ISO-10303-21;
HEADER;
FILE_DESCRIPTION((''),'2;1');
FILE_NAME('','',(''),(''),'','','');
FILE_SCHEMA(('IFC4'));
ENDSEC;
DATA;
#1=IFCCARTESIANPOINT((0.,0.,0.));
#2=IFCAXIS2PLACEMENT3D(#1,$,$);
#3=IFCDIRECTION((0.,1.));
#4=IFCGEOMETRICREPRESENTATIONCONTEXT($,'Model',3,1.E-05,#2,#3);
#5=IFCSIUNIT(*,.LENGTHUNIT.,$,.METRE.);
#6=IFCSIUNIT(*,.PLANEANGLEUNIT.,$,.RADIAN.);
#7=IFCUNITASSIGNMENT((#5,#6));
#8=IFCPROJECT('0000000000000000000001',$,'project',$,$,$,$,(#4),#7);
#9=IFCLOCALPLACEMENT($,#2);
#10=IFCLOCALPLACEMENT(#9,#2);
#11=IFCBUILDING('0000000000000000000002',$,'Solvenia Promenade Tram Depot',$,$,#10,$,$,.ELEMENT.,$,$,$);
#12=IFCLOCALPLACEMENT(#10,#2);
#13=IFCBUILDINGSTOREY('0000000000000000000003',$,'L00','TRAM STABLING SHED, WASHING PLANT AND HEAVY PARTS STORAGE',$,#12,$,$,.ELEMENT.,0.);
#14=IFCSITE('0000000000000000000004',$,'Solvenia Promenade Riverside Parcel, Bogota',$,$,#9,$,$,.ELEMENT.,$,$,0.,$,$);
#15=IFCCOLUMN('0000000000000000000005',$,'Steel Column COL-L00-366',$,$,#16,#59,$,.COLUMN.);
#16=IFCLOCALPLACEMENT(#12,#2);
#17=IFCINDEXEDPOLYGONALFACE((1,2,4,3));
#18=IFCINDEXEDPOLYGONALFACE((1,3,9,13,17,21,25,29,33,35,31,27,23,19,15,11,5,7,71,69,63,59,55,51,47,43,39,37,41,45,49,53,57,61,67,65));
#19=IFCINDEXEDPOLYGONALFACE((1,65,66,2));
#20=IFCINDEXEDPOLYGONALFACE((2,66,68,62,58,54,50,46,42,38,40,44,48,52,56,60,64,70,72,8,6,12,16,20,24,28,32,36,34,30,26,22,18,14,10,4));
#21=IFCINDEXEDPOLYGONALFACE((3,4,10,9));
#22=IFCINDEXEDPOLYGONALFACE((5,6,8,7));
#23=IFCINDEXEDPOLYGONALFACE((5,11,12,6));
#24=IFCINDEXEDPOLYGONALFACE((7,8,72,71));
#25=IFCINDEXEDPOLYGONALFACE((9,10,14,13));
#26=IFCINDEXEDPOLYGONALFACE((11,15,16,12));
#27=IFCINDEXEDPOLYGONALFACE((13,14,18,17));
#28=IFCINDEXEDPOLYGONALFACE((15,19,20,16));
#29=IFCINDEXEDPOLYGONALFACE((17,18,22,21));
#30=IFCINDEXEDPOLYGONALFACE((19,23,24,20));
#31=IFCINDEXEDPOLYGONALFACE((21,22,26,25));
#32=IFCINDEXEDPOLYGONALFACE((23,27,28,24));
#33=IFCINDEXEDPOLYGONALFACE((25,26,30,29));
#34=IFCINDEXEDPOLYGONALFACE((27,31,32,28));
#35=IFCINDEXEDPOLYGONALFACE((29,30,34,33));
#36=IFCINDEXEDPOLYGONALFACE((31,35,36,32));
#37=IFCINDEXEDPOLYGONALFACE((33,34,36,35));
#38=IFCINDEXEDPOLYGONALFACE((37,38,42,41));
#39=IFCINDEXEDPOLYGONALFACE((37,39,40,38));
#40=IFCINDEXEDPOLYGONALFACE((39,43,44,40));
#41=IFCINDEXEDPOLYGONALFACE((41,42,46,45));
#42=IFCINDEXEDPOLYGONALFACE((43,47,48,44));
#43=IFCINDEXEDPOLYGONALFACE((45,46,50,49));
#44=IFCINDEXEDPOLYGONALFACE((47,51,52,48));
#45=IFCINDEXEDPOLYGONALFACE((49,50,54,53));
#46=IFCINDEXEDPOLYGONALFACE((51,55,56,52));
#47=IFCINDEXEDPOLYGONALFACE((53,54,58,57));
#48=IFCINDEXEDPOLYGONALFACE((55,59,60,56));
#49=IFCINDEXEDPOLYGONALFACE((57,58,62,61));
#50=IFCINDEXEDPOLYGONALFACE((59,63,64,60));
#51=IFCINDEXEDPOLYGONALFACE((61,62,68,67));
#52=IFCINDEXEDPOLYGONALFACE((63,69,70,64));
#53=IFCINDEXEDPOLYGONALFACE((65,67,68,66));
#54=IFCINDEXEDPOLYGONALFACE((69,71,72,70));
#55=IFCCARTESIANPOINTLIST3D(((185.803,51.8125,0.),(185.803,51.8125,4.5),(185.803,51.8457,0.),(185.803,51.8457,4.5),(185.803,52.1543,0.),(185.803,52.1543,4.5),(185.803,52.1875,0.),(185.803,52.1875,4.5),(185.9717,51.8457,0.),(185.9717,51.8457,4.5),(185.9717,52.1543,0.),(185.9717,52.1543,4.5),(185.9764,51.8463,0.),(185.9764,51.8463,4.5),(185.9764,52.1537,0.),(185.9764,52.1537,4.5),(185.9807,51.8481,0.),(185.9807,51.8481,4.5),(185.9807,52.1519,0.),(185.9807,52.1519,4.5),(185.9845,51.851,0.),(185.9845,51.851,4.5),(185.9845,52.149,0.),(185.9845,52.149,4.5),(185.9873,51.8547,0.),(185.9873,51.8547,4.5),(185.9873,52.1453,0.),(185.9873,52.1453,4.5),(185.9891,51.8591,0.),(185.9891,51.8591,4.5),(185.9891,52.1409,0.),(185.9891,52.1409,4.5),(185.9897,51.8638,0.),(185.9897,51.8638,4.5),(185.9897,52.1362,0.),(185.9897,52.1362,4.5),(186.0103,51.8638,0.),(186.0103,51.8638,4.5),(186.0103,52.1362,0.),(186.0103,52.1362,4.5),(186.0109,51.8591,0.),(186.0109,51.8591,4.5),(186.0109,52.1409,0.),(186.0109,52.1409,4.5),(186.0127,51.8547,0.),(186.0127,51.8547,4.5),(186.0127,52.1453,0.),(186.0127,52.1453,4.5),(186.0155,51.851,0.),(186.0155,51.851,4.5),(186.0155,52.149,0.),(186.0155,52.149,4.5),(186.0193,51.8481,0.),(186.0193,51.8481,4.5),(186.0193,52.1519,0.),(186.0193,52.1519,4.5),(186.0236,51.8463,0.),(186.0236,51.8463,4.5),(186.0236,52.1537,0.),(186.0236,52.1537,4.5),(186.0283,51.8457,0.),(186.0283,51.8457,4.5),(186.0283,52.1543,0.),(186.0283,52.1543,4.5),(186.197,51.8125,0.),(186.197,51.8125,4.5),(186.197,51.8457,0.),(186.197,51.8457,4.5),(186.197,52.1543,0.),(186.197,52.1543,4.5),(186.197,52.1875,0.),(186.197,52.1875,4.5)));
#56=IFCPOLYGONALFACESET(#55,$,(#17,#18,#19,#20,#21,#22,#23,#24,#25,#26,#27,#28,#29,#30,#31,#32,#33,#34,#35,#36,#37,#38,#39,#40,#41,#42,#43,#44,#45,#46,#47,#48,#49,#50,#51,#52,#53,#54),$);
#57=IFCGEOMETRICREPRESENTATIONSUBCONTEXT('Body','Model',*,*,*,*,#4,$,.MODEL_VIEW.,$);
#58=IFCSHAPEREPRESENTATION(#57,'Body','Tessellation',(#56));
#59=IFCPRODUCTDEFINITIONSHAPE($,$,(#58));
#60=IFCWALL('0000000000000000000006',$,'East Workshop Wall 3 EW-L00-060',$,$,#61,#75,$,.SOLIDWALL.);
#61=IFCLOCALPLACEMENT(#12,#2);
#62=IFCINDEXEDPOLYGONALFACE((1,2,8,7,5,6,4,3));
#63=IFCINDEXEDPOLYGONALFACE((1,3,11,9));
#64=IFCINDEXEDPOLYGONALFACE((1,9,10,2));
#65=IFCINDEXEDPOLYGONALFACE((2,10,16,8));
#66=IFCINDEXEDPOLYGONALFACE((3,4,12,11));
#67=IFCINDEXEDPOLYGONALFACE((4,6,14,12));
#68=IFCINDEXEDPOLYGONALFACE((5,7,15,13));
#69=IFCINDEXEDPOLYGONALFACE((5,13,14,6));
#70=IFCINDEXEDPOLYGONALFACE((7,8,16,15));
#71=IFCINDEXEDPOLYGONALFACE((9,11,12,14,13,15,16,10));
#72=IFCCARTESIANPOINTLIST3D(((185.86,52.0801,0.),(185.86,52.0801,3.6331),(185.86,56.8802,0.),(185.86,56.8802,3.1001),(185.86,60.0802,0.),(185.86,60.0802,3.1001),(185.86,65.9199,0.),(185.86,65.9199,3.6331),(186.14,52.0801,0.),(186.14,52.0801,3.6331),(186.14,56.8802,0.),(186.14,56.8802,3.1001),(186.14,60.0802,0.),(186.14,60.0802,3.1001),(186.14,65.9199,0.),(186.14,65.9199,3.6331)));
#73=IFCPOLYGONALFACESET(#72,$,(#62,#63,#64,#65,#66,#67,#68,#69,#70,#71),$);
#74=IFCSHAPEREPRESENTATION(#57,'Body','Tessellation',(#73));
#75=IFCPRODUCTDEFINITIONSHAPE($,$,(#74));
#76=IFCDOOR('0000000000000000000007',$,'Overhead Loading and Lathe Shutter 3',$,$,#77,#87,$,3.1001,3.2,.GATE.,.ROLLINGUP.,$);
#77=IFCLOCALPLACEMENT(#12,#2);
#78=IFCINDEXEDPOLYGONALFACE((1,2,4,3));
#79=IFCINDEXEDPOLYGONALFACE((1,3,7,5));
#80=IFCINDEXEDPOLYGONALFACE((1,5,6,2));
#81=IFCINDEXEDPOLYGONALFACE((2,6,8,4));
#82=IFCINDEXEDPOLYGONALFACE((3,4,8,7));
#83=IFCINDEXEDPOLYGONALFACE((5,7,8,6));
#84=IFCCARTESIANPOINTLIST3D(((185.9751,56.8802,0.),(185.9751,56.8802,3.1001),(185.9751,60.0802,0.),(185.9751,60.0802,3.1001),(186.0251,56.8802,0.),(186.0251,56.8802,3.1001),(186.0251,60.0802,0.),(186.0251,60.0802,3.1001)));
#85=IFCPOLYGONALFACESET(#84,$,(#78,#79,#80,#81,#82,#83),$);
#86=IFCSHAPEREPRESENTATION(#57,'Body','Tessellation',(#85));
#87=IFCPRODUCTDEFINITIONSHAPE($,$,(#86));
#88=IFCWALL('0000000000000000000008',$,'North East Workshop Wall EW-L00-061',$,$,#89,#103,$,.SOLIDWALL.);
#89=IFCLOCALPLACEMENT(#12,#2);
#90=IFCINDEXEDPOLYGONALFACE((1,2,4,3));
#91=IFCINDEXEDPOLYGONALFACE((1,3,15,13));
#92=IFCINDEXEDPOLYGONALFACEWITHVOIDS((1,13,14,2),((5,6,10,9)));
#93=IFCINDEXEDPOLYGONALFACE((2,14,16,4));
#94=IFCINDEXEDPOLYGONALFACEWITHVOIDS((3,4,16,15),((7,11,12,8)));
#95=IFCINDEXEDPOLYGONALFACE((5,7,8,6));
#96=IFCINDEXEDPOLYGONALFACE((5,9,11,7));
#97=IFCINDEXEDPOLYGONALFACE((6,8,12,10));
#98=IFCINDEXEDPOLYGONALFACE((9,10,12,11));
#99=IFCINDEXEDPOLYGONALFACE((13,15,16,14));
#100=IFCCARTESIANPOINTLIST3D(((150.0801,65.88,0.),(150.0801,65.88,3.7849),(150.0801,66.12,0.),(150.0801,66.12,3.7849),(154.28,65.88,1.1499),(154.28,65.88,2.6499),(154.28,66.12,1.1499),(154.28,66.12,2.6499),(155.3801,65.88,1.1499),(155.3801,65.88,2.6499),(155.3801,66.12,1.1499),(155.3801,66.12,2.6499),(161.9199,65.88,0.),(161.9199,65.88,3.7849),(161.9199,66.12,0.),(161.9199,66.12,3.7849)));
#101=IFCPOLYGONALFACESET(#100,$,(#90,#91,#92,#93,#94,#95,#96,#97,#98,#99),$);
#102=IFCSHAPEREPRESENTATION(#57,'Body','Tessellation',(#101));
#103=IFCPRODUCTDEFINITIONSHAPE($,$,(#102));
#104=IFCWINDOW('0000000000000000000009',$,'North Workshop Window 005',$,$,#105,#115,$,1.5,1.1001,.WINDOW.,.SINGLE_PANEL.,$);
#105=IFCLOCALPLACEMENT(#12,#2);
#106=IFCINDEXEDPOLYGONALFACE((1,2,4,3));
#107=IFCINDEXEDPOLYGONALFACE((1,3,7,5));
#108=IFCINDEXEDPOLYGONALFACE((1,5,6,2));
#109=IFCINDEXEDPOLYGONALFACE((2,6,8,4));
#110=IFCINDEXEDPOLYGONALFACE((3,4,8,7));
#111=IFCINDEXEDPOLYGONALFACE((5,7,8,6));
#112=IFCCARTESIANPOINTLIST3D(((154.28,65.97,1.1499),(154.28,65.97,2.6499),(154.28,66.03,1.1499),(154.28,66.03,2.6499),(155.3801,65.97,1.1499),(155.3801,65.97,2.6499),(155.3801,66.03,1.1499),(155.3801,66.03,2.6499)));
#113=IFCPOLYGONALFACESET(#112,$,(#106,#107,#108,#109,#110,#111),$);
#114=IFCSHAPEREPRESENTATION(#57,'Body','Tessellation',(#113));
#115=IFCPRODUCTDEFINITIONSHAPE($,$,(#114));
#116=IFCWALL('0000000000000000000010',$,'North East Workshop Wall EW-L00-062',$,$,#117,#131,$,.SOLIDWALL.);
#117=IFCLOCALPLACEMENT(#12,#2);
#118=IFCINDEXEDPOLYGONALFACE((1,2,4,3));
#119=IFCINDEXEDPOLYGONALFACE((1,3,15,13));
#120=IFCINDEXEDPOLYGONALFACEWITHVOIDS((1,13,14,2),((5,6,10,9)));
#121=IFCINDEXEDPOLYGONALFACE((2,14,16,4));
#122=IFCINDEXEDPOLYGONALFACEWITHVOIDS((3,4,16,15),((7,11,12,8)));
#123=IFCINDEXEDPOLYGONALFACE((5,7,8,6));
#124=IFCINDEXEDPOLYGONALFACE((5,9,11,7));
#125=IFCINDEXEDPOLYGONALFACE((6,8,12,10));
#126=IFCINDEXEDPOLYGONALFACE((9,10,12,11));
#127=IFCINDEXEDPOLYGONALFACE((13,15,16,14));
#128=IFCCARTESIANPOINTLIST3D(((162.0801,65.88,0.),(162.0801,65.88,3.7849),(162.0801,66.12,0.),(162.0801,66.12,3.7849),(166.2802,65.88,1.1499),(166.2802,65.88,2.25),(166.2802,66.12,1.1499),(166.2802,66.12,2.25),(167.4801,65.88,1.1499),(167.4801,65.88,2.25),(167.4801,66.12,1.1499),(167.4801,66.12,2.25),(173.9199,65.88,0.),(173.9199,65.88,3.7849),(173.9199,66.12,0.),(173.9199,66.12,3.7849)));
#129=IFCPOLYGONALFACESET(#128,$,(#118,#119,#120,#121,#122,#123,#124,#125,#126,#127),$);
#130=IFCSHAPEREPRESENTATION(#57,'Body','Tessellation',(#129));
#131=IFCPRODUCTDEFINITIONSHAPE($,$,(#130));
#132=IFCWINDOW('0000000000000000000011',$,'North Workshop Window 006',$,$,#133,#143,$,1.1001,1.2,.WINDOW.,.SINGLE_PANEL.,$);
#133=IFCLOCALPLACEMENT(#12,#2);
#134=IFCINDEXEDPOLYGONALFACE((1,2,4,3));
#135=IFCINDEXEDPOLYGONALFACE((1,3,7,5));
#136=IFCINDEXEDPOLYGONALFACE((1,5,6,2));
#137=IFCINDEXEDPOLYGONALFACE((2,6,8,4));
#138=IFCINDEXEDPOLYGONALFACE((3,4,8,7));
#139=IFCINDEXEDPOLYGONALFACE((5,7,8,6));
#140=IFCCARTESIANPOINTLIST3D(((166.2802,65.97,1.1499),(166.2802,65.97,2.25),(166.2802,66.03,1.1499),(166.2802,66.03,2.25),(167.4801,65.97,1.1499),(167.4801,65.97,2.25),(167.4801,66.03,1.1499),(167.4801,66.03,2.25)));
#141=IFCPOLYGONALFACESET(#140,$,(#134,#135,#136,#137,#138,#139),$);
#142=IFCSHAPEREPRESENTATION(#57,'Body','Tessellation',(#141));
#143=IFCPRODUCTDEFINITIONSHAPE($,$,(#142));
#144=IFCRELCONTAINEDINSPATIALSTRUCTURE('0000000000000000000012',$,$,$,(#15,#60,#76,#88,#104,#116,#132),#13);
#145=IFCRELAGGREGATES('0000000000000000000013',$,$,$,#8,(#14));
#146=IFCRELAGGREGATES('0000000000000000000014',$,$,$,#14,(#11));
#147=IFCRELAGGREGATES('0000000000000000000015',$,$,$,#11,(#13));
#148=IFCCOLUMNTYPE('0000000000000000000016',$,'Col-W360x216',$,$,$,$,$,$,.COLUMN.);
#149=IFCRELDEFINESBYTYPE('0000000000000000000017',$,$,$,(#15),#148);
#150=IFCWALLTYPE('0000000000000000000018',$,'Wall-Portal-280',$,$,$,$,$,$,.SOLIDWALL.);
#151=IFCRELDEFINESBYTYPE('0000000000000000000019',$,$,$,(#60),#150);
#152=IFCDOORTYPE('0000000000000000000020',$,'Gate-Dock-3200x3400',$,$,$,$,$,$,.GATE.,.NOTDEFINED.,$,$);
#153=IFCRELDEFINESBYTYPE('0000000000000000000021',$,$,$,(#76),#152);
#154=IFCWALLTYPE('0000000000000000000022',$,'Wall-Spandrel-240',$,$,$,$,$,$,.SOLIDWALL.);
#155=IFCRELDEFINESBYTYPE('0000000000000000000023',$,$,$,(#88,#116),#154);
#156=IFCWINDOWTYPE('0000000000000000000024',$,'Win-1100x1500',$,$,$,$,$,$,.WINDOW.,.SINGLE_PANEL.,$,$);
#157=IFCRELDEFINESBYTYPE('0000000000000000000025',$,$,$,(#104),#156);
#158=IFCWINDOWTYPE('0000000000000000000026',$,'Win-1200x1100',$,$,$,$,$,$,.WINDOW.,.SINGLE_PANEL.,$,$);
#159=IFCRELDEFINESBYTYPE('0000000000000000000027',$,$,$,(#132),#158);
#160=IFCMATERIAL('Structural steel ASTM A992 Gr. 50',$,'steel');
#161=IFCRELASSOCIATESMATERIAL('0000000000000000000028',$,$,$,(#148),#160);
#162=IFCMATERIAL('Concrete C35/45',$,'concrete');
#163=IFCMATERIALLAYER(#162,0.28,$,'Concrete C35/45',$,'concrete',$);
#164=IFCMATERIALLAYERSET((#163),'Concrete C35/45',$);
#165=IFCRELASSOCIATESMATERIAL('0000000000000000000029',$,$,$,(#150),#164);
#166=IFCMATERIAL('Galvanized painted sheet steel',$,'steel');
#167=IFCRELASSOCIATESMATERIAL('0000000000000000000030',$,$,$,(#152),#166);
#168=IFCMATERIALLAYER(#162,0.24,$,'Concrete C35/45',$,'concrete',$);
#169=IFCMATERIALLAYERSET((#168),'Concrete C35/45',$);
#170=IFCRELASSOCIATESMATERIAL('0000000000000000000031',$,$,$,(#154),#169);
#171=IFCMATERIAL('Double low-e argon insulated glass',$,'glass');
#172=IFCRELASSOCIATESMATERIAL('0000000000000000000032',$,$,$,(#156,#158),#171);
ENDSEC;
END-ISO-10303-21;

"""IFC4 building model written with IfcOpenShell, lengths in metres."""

from ifc_helpers import new_model, si_unit, direction, frame, frame_2d, origin, origin_2d, place, context, subcontext, project, spatial, rectangle, i_section, extrude, material, layer, layer_set, material_profile, profile_set, type_object, element, fill, save


model = new_model("IFC4")

# Units and contexts
model_context = context("Model", 3, precision=1e-05, world=origin(), true_north=direction((0.0, 1.0)))
body_context = subcontext(model_context, "Body", "Model", "MODEL_VIEW")
ifc_project = project(units=[si_unit("LENGTHUNIT", "METRE"), si_unit("PLANEANGLEUNIT", "RADIAN")], contexts=[model_context])

# Site, building, storey
site_placement = place(None, origin())
site = spatial("IfcSite", under=ifc_project, at=site_placement, Name="Solvenia Promenade Riverside Parcel, Bogota", CompositionType="ELEMENT", RefElevation=0.0)
building_placement = place(site_placement, origin())
building = spatial("IfcBuilding", under=site, at=building_placement, Name="Solvenia Promenade Tram Depot", CompositionType="ELEMENT")
storey_placement = place(building_placement, origin())
storey = spatial("IfcBuildingStorey", under=building, at=storey_placement, Name="L00", Description="TRAM STABLING SHED, WASHING PLANT AND HEAVY PARTS STORAGE", CompositionType="ELEMENT", Elevation=0.0)

# Column
ifc_material_1 = material(Name="Structural steel ASTM A992 Gr. 50", Category="steel")
ifc_material_profile_1 = material_profile(ifc_material_1, i_section(OverallWidth=0.394, OverallDepth=0.375, WebThickness=0.0205, FlangeThickness=0.0332, FilletRadius=0.0181, at=origin_2d()), Name="W360x216", Category="steel")
ifc_profile_set_1 = profile_set([ifc_material_profile_1], Name="Structural steel ASTM A992 Gr. 50")
column_type = type_object("IfcColumnType", Name="Col-W360x216", PredefinedType="COLUMN", material=ifc_profile_set_1)
for number, where, z_axis, x_axis, name in (
    (1, (186.0, 52.0, 0.0), (0.0, 0.0, 1.0), (1.0, 0.0, 0.0), "Steel Column COL-L00-366"),
):
    element("IfcColumn", number, at=place(storey_placement, frame(where, z_axis=z_axis, x_axis=x_axis)), inside=storey, type_object=column_type, Name=name, PredefinedType="COLUMN", context=body_context, shape_type="SweptSolid", body=[
        extrude(i_section(OverallWidth=0.394, OverallDepth=0.375, WebThickness=0.0205, FlangeThickness=0.0332, FilletRadius=0.0181, at=origin_2d()), origin(), (0.0, 0.0, 1.0), 4.5),
    ])

# Wall, opening, door
ifc_material_2 = material(Name="Concrete C35/45", Category="concrete")
ifc_layer_1 = layer(ifc_material_2, 0.28, Name="Concrete C35/45", Category="concrete")
ifc_layer_set_1 = layer_set([ifc_layer_1], Name="Concrete C35/45")
wall_type_1 = type_object("IfcWallType", Name="Wall-Portal-280", PredefinedType="SOLIDWALL", material=ifc_layer_set_1)
wall_1_placement = place(storey_placement, frame((186.0, 52.0801, 0.0), z_axis=(0.0, 0.0, 1.0), x_axis=(0.0, 1.0, 0.0)))
wall_1 = element("IfcWall", 2, at=wall_1_placement, inside=storey, type_object=wall_type_1, Name="East Workshop Wall 3 EW-L00-060", PredefinedType="SOLIDWALL", context=body_context, shape_type="SweptSolid", body=[
    extrude(rectangle(XDim=13.8398, YDim=0.28, at=frame_2d((6.9199, 0.0))), origin(), (0.0, 0.0, 1.0), 3.6331),
])
opening_1_placement = place(wall_1_placement, frame((4.8, 0.0, 0.0)))
opening_1 = element("IfcOpeningElement", 3, at=opening_1_placement, cuts=wall_1, PredefinedType="OPENING", context=body_context, shape_type="SweptSolid", body=[
    extrude(rectangle(XDim=3.2, YDim=3.1001, at=frame_2d((1.6001, 1.55))), frame((0.0, 0.1499, 0.0), z_axis=(0.0, -1.0, 0.0), x_axis=(1.0, 0.0, 0.0)), (0.0, 0.0, 1.0), 0.3),
])
ifc_material_3 = material(Name="Galvanized painted sheet steel", Category="steel")
door_type = type_object("IfcDoorType", Name="Gate-Dock-3200x3400", OperationType="NOTDEFINED", PredefinedType="GATE", material=ifc_material_3)
door_placement = place(opening_1_placement, origin())
door = element("IfcDoor", 4, at=door_placement, inside=storey, type_object=door_type, Name="Overhead Loading and Lathe Shutter 3", OperationType="ROLLINGUP", OverallHeight=3.1001, OverallWidth=3.2, PredefinedType="GATE", context=body_context, shape_type="SweptSolid", body=[
    extrude(rectangle(XDim=3.2, YDim=3.1001, at=frame_2d((1.6001, 1.55))), frame((0.0, 0.0249, 0.0), z_axis=(0.0, -1.0, 0.0), x_axis=(1.0, 0.0, 0.0)), (0.0, 0.0, 1.0), 0.05),
])
fill(opening_1, door)

# Walls, openings, windows
ifc_layer_2 = layer(ifc_material_2, 0.24, Name="Concrete C35/45", Category="concrete")
ifc_layer_set_2 = layer_set([ifc_layer_2], Name="Concrete C35/45")
wall_type_2 = type_object("IfcWallType", Name="Wall-Spandrel-240", PredefinedType="SOLIDWALL", material=ifc_layer_set_2)
wall_2_placement = place(storey_placement, frame((150.0801, 66.0, 0.0), z_axis=(0.0, 0.0, 1.0), x_axis=(1.0, 0.0, 0.0)))
wall_2 = element("IfcWall", 5, at=wall_2_placement, inside=storey, type_object=wall_type_2, Name="North East Workshop Wall EW-L00-061", PredefinedType="SOLIDWALL", context=body_context, shape_type="SweptSolid", body=[
    extrude(rectangle(XDim=11.8398, YDim=0.24, at=frame_2d((5.9199, 0.0))), origin(), (0.0, 0.0, 1.0), 3.7849),
])
opening_2_placement = place(wall_2_placement, frame((4.2, 0.0, 1.1499)))
opening_2 = element("IfcOpeningElement", 6, at=opening_2_placement, cuts=wall_2, PredefinedType="OPENING", context=body_context, shape_type="SweptSolid", body=[
    extrude(rectangle(XDim=1.1001, YDim=1.5, at=frame_2d((0.55, 0.75))), frame((0.0, 0.1299, 0.0), z_axis=(0.0, -1.0, 0.0), x_axis=(1.0, 0.0, 0.0)), (0.0, 0.0, 1.0), 0.26),
])
ifc_material_4 = material(Name="Double low-e argon insulated glass", Category="glass")
window_type_1 = type_object("IfcWindowType", Name="Win-1100x1500", PartitioningType="SINGLE_PANEL", PredefinedType="WINDOW", material=ifc_material_4)
window_1_placement = place(opening_2_placement, origin())
window_1 = element("IfcWindow", 7, at=window_1_placement, inside=storey, type_object=window_type_1, Name="North Workshop Window 005", OverallHeight=1.5, OverallWidth=1.1001, PartitioningType="SINGLE_PANEL", PredefinedType="WINDOW", context=body_context, shape_type="SweptSolid", body=[
    extrude(rectangle(XDim=1.1001, YDim=1.5, at=frame_2d((0.55, 0.75))), frame((0.0, 0.03, 0.0), z_axis=(0.0, -1.0, 0.0), x_axis=(1.0, 0.0, 0.0)), (0.0, 0.0, 1.0), 0.0601),
])
fill(opening_2, window_1)
wall_3_placement = place(storey_placement, frame((162.0801, 66.0, 0.0), z_axis=(0.0, 0.0, 1.0), x_axis=(1.0, 0.0, 0.0)))
wall_3 = element("IfcWall", 8, at=wall_3_placement, inside=storey, type_object=wall_type_2, Name="North East Workshop Wall EW-L00-062", PredefinedType="SOLIDWALL", context=body_context, shape_type="SweptSolid", body=[
    extrude(rectangle(XDim=11.8398, YDim=0.24, at=frame_2d((5.9199, 0.0))), origin(), (0.0, 0.0, 1.0), 3.7849),
])
opening_3_placement = place(wall_3_placement, frame((4.2, 0.0, 1.1499)))
opening_3 = element("IfcOpeningElement", 9, at=opening_3_placement, cuts=wall_3, PredefinedType="OPENING", context=body_context, shape_type="SweptSolid", body=[
    extrude(rectangle(XDim=1.2, YDim=1.1001, at=frame_2d((0.6001, 0.55))), frame((0.0, 0.1299, 0.0), z_axis=(0.0, -1.0, 0.0), x_axis=(1.0, 0.0, 0.0)), (0.0, 0.0, 1.0), 0.26),
])
window_type_2 = type_object("IfcWindowType", Name="Win-1200x1100", PartitioningType="SINGLE_PANEL", PredefinedType="WINDOW", material=ifc_material_4)
window_2_placement = place(opening_3_placement, origin())
window_2 = element("IfcWindow", 10, at=window_2_placement, inside=storey, type_object=window_type_2, Name="North Workshop Window 006", OverallHeight=1.1001, OverallWidth=1.2, PartitioningType="SINGLE_PANEL", PredefinedType="WINDOW", context=body_context, shape_type="SweptSolid", body=[
    extrude(rectangle(XDim=1.2, YDim=1.1001, at=frame_2d((0.6001, 0.55))), frame((0.0, 0.03, 0.0), z_axis=(0.0, -1.0, 0.0), x_axis=(1.0, 0.0, 0.0)), (0.0, 0.0, 1.0), 0.0601),
])
fill(opening_3, window_2)

save(model, "model.ifc")
